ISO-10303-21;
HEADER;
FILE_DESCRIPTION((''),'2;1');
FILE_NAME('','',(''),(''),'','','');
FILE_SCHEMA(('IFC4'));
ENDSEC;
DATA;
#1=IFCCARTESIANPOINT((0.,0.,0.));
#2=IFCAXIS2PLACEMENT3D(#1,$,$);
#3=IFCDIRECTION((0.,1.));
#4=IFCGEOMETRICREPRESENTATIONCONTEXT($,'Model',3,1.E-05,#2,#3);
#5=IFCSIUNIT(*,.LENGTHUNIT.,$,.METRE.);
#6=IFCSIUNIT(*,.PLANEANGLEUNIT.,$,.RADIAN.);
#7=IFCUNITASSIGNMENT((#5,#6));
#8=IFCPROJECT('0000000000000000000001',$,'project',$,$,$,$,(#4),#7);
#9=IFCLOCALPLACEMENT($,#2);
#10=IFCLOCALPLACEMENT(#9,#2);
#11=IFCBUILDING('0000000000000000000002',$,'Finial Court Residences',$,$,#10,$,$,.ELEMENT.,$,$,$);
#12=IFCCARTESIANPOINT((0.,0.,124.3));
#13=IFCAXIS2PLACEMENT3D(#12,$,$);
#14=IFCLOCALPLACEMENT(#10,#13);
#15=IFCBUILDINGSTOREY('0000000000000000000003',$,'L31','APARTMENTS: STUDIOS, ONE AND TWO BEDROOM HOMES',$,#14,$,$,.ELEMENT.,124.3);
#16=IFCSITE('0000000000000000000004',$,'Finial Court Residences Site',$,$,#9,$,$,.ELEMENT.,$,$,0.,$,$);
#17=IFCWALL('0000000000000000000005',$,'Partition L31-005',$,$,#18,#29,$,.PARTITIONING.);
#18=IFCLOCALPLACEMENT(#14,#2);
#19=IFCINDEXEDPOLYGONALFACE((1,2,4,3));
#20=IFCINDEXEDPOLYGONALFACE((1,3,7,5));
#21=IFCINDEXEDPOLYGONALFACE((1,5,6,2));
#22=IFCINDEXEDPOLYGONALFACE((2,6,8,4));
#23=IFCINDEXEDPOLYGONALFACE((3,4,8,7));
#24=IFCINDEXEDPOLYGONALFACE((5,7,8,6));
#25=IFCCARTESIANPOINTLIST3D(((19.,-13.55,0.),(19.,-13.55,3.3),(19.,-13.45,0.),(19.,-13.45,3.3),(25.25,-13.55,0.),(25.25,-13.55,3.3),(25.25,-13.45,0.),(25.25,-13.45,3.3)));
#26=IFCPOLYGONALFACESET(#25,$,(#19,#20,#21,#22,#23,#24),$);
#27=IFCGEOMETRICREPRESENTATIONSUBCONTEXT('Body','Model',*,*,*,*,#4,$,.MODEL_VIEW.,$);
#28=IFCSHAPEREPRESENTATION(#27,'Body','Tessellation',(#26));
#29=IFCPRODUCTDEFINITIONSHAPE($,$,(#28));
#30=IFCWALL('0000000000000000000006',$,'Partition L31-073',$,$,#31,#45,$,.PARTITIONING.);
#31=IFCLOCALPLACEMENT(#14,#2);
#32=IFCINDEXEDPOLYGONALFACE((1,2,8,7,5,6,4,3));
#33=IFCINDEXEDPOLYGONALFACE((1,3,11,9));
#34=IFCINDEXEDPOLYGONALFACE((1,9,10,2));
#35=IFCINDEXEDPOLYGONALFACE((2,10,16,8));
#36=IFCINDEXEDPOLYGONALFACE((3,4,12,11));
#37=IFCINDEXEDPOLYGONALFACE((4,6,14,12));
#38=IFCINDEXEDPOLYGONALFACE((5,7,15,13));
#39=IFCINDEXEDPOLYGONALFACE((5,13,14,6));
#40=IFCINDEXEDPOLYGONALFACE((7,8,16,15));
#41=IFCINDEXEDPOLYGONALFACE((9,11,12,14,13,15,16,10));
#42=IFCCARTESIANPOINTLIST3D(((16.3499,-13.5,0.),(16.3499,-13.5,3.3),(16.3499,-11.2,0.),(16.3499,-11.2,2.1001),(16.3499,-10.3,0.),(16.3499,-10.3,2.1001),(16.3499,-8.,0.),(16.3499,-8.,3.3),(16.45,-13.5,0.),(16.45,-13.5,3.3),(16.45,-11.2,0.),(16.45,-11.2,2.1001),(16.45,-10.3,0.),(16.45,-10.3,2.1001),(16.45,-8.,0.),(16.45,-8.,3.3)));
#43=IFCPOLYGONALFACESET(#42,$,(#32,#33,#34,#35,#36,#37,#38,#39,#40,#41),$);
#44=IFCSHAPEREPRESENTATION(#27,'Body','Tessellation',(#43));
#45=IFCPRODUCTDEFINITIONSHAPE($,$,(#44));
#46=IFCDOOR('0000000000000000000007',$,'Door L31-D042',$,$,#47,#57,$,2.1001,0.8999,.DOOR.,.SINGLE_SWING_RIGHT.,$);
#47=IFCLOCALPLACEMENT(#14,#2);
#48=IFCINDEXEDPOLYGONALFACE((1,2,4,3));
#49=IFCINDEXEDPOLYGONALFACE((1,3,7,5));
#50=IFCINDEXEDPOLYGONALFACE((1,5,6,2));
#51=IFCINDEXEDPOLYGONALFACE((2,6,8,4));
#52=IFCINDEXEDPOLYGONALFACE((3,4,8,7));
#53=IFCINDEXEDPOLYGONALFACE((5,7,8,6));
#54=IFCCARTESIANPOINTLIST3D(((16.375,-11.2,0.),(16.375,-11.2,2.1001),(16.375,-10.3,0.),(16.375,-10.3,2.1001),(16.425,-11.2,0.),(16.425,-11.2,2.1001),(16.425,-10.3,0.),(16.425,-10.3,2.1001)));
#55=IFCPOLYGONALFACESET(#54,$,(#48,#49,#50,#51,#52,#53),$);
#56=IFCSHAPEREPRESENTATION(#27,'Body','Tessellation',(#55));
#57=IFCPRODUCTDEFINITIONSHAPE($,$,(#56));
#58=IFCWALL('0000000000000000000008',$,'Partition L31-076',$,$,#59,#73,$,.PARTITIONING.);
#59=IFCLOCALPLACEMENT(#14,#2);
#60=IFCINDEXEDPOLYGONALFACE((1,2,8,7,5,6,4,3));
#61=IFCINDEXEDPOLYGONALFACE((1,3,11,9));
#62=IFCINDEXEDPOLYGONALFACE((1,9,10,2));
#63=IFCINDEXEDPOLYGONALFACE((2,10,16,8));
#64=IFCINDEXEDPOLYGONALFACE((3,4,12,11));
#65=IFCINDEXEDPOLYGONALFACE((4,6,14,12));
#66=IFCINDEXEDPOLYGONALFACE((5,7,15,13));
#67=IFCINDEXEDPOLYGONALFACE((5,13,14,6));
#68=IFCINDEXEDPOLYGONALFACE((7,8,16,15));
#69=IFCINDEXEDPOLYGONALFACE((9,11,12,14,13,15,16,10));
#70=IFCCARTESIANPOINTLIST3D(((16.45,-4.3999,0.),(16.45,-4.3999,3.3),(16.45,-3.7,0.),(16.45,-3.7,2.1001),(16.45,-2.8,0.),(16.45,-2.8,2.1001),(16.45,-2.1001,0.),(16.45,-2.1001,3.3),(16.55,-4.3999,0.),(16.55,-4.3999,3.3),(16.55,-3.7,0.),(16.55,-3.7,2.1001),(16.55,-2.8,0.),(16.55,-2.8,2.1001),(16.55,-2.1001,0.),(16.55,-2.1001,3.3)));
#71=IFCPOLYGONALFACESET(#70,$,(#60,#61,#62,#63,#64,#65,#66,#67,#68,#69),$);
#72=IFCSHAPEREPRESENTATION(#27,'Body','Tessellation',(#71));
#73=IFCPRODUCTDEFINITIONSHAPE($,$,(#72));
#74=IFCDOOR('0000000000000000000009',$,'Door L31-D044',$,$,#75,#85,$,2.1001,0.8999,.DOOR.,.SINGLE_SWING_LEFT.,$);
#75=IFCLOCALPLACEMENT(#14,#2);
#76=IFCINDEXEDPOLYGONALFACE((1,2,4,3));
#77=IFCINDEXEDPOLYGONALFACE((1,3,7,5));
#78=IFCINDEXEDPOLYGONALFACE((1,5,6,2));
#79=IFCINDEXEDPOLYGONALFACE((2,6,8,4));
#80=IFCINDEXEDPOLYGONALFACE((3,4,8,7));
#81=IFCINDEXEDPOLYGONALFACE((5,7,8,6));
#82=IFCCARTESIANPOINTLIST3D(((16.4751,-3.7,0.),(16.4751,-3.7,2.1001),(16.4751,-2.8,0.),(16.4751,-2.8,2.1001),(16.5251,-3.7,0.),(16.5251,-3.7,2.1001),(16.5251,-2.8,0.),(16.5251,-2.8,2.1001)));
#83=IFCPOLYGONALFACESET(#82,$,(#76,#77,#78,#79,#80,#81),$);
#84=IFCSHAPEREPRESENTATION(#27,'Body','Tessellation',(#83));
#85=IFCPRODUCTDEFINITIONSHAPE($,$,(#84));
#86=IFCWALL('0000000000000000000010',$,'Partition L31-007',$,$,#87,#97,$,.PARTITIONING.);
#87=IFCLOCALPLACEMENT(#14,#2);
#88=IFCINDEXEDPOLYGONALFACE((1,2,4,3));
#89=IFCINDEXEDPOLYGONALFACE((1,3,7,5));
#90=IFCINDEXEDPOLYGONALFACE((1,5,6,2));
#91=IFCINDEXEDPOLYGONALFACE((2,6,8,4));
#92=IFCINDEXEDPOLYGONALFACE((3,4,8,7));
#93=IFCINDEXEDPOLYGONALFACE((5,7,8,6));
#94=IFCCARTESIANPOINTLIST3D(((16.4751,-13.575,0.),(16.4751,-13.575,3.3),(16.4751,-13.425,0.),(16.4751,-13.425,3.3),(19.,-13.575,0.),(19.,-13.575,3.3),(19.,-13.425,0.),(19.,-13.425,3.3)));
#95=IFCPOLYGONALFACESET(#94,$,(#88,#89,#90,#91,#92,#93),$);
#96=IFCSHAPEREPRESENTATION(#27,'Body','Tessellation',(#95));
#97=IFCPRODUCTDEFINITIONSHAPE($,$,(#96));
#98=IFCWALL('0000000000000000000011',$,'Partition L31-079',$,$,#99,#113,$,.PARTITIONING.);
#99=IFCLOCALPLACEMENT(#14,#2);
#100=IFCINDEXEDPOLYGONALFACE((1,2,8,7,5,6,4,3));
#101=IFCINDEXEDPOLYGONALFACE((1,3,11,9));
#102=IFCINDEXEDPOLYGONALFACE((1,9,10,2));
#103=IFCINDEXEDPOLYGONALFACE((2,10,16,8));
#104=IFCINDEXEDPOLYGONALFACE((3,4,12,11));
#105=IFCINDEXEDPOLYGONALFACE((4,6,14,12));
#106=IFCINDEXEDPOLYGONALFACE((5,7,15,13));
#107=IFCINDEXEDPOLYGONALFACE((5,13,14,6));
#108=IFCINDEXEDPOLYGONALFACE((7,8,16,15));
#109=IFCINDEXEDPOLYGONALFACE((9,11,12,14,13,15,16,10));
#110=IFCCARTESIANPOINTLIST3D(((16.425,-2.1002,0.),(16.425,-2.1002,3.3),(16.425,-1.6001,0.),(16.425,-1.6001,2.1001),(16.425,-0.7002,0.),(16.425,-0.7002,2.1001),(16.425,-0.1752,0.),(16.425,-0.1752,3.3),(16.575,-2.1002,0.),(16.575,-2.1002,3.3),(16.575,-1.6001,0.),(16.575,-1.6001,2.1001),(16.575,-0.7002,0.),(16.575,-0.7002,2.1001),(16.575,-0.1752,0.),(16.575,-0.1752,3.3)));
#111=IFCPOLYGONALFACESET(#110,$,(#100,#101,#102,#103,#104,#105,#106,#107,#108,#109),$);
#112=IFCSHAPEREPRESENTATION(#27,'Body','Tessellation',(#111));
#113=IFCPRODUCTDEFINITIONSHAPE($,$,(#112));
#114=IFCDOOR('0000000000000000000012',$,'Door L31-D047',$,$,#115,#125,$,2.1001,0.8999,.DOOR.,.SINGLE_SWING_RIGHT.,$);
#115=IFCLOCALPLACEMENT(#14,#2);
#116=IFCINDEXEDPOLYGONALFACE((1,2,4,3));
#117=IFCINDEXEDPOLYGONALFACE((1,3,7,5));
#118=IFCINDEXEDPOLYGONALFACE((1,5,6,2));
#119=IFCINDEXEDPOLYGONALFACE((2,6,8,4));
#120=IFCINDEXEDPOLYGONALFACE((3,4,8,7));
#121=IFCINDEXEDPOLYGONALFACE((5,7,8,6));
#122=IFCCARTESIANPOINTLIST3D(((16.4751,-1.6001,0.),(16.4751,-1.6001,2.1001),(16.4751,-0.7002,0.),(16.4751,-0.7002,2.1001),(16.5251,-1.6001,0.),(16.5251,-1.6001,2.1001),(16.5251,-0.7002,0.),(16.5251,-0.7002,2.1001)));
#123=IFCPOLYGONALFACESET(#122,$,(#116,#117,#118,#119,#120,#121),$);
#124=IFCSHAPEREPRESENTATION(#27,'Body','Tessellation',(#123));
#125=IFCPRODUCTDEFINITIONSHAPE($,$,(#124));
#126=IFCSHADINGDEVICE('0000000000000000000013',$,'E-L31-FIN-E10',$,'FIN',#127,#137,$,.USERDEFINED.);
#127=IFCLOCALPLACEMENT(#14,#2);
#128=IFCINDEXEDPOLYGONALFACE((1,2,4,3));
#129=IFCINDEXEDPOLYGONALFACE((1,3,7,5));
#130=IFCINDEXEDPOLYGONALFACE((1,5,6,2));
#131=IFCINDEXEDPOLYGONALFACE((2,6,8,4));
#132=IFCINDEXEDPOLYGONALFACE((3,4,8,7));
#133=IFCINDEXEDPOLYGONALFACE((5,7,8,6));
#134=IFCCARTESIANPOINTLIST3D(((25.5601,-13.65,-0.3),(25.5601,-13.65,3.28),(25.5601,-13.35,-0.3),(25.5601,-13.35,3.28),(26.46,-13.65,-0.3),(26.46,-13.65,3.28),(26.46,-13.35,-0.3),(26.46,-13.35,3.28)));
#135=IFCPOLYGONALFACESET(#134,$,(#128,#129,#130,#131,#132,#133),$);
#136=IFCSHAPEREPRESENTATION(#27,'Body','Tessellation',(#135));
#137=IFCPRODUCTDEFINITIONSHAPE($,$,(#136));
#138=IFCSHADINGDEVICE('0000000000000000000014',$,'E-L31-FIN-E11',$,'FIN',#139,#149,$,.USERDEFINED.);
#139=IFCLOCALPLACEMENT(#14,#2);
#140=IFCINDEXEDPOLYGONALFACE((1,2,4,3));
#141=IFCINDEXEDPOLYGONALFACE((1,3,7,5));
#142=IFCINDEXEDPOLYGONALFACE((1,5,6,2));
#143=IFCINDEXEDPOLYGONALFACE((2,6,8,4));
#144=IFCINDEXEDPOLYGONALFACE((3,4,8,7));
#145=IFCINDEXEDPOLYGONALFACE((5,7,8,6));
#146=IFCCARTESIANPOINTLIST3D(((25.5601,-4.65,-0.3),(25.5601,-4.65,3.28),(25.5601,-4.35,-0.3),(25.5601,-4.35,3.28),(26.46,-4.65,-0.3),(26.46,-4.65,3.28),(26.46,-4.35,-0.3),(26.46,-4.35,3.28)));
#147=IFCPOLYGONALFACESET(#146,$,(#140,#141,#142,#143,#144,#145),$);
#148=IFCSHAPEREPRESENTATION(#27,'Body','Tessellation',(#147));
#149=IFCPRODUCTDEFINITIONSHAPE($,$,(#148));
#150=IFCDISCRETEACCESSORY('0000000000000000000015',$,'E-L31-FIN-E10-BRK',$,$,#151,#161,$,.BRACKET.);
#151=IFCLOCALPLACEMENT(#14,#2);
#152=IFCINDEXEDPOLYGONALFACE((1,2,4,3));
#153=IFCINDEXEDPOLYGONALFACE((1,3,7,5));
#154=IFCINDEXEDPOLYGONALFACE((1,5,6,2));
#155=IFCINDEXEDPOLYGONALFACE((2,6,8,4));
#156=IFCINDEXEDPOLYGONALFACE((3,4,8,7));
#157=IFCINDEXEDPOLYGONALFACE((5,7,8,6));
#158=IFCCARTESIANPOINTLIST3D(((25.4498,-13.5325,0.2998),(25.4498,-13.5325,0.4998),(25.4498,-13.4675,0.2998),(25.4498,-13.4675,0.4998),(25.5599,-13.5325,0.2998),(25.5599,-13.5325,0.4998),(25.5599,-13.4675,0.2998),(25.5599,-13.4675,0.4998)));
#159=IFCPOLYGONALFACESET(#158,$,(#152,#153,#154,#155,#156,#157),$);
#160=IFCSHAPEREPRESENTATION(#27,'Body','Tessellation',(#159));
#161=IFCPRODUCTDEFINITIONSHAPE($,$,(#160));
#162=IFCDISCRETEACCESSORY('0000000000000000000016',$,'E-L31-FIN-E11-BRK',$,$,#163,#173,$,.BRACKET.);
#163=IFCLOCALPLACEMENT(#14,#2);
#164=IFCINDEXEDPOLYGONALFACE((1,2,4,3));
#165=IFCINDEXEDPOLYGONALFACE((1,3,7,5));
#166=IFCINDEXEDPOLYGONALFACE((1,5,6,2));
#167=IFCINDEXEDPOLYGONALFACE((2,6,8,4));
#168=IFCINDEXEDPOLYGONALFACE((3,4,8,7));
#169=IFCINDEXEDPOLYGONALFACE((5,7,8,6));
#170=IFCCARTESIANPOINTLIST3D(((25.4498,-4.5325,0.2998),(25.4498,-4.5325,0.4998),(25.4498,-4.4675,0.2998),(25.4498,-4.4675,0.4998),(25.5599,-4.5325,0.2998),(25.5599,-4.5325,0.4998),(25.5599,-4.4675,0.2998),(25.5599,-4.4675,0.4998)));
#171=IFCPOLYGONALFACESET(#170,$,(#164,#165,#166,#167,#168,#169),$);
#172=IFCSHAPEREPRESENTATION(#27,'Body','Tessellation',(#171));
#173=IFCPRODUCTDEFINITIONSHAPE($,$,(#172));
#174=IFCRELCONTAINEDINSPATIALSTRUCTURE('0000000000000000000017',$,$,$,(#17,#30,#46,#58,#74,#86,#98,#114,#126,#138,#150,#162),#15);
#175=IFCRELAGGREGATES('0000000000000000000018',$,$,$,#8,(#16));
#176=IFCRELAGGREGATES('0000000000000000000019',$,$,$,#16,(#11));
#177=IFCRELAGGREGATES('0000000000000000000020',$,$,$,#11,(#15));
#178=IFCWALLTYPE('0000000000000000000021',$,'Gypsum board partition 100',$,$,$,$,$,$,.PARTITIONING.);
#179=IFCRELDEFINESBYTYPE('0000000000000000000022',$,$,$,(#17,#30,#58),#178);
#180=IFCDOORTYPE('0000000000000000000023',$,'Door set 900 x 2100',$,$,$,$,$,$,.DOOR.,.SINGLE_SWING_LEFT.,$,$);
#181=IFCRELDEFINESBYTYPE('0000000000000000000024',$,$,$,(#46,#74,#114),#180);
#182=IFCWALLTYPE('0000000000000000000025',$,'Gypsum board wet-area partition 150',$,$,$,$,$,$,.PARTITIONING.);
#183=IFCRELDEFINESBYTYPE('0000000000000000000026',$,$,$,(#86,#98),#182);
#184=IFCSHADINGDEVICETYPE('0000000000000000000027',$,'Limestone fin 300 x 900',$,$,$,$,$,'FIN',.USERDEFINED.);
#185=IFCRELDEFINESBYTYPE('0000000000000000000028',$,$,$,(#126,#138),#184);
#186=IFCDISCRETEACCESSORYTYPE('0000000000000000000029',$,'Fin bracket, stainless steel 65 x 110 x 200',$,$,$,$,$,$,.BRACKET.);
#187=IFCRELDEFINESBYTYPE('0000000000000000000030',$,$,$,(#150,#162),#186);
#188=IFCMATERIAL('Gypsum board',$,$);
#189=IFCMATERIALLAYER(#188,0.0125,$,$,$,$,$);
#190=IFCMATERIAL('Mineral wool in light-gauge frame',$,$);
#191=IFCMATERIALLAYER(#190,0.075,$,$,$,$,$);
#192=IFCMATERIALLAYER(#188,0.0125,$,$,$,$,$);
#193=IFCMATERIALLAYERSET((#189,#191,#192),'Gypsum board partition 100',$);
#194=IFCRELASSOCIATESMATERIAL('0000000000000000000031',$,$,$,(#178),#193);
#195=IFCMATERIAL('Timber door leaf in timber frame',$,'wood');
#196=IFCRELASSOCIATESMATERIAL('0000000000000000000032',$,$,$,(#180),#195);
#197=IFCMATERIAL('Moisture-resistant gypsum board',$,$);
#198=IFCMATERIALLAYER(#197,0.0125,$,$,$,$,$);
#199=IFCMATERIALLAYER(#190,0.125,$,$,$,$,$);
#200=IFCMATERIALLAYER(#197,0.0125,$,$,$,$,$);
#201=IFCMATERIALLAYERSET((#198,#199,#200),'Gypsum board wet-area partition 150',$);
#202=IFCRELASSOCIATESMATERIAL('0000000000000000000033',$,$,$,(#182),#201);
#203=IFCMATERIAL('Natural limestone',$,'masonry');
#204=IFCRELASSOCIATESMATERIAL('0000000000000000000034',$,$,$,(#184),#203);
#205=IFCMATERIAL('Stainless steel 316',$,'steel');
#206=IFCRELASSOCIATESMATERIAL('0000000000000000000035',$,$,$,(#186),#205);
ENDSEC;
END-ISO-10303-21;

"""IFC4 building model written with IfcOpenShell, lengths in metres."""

from ifc_helpers import new_model, si_unit, direction, frame, frame_2d, origin, origin_2d, place, context, subcontext, project, spatial, rectangle, extrude, material, layer, layer_set, type_object, element, fill, save


model = new_model("IFC4")

# Units and contexts
model_context = context("Model", 3, precision=1e-05, world=origin(), true_north=direction((0.0, 1.0)))
body_context = subcontext(model_context, "Body", "Model", "MODEL_VIEW")
ifc_project = project(units=[si_unit("LENGTHUNIT", "METRE"), si_unit("PLANEANGLEUNIT", "RADIAN")], contexts=[model_context])

# Site, building, storey
site_placement = place(None, origin())
site = spatial("IfcSite", under=ifc_project, at=site_placement, Name="Finial Court Residences Site", CompositionType="ELEMENT", RefElevation=0.0)
building_placement = place(site_placement, origin())
building = spatial("IfcBuilding", under=site, at=building_placement, Name="Finial Court Residences", CompositionType="ELEMENT")
storey_placement = place(building_placement, frame((0.0, 0.0, 124.3)))
storey = spatial("IfcBuildingStorey", under=building, at=storey_placement, Name="L31", Description="APARTMENTS: STUDIOS, ONE AND TWO BEDROOM HOMES", CompositionType="ELEMENT", Elevation=124.3)

# Wall
ifc_material_1 = material(Name="Gypsum board")
ifc_layer_1 = layer(ifc_material_1, 0.0125)
ifc_material_2 = material(Name="Mineral wool in light-gauge frame")
ifc_layer_2 = layer(ifc_material_2, 0.075)
ifc_layer_3 = layer(ifc_material_1, 0.0125)
ifc_layer_set_1 = layer_set([ifc_layer_1, ifc_layer_2, ifc_layer_3], Name="Gypsum board partition 100")
wall_type_1 = type_object("IfcWallType", Name="Gypsum board partition 100", PredefinedType="PARTITIONING", material=ifc_layer_set_1)
wall_1_placement = place(storey_placement, frame((19.0, -13.5, 0.0), z_axis=(0.0, 0.0, 1.0), x_axis=(1.0, 0.0, 0.0)))
element("IfcWall", 1, at=wall_1_placement, inside=storey, type_object=wall_type_1, Name="Partition L31-005", PredefinedType="PARTITIONING", context=body_context, shape_type="SweptSolid", body=[
    extrude(rectangle(XDim=6.25, YDim=0.1001, at=frame_2d((3.125, 0.0))), origin(), (0.0, 0.0, 1.0), 3.3),
])

# Walls, openings, doors
wall_2_placement = place(storey_placement, frame((16.3999, -13.5, 0.0), z_axis=(0.0, 0.0, 1.0), x_axis=(0.0, 1.0, 0.0)))
wall_2 = element("IfcWall", 2, at=wall_2_placement, inside=storey, type_object=wall_type_1, Name="Partition L31-073", PredefinedType="PARTITIONING", context=body_context, shape_type="SweptSolid", body=[
    extrude(rectangle(XDim=5.5, YDim=0.1001, at=frame_2d((2.75, 0.0))), origin(), (0.0, 0.0, 1.0), 3.3),
])
opening_1_placement = place(wall_2_placement, frame((2.3, 0.0, 0.0)))
opening_1 = element("IfcOpeningElement", 3, at=opening_1_placement, cuts=wall_2, PredefinedType="OPENING", context=body_context, shape_type="SweptSolid", body=[
    extrude(rectangle(XDim=0.8999, YDim=2.1001, at=frame_2d((0.45, 1.05))), frame((0.0, 0.0601, 0.0), z_axis=(0.0, -1.0, 0.0), x_axis=(1.0, 0.0, 0.0)), (0.0, 0.0, 1.0), 0.1201),
])
ifc_material_3 = material(Name="Timber door leaf in timber frame", Category="wood")
door_type = type_object("IfcDoorType", Name="Door set 900 x 2100", OperationType="SINGLE_SWING_LEFT", PredefinedType="DOOR", material=ifc_material_3)
door_1_placement = place(opening_1_placement, origin())
door_1 = element("IfcDoor", 4, at=door_1_placement, inside=storey, type_object=door_type, Name="Door L31-D042", OperationType="SINGLE_SWING_RIGHT", OverallHeight=2.1001, OverallWidth=0.8999, PredefinedType="DOOR", context=body_context, shape_type="SweptSolid", body=[
    extrude(rectangle(XDim=0.8999, YDim=2.1001, at=frame_2d((0.45, 1.05))), frame((0.0, 0.0249, 0.0), z_axis=(0.0, -1.0, 0.0), x_axis=(1.0, 0.0, 0.0)), (0.0, 0.0, 1.0), 0.05),
])
fill(opening_1, door_1)
wall_3_placement = place(storey_placement, frame((16.5, -4.3999, 0.0), z_axis=(0.0, 0.0, 1.0), x_axis=(0.0, 1.0, 0.0)))
wall_3 = element("IfcWall", 5, at=wall_3_placement, inside=storey, type_object=wall_type_1, Name="Partition L31-076", PredefinedType="PARTITIONING", context=body_context, shape_type="SweptSolid", body=[
    extrude(rectangle(XDim=2.2998, YDim=0.1001, at=frame_2d((1.1499, 0.0))), origin(), (0.0, 0.0, 1.0), 3.3),
])
opening_2_placement = place(wall_3_placement, frame((0.7, 0.0, 0.0)))
opening_2 = element("IfcOpeningElement", 6, at=opening_2_placement, cuts=wall_3, PredefinedType="OPENING", context=body_context, shape_type="SweptSolid", body=[
    extrude(rectangle(XDim=0.8999, YDim=2.1001, at=frame_2d((0.45, 1.05))), frame((0.0, 0.0601, 0.0), z_axis=(0.0, -1.0, 0.0), x_axis=(1.0, 0.0, 0.0)), (0.0, 0.0, 1.0), 0.1201),
])
door_2_placement = place(opening_2_placement, origin())
door_2 = element("IfcDoor", 7, at=door_2_placement, inside=storey, type_object=door_type, Name="Door L31-D044", OperationType="SINGLE_SWING_LEFT", OverallHeight=2.1001, OverallWidth=0.8999, PredefinedType="DOOR", context=body_context, shape_type="SweptSolid", body=[
    extrude(rectangle(XDim=0.8999, YDim=2.1001, at=frame_2d((0.45, 1.05))), frame((0.0, 0.0249, 0.0), z_axis=(0.0, -1.0, 0.0), x_axis=(1.0, 0.0, 0.0)), (0.0, 0.0, 1.0), 0.05),
])
fill(opening_2, door_2)

# Wall
ifc_material_4 = material(Name="Moisture-resistant gypsum board")
ifc_layer_4 = layer(ifc_material_4, 0.0125)
ifc_layer_5 = layer(ifc_material_2, 0.125)
ifc_layer_6 = layer(ifc_material_4, 0.0125)
ifc_layer_set_2 = layer_set([ifc_layer_4, ifc_layer_5, ifc_layer_6], Name="Gypsum board wet-area partition 150")
wall_type_2 = type_object("IfcWallType", Name="Gypsum board wet-area partition 150", PredefinedType="PARTITIONING", material=ifc_layer_set_2)
wall_4_placement = place(storey_placement, frame((16.4751, -13.5, 0.0), z_axis=(0.0, 0.0, 1.0), x_axis=(1.0, 0.0, 0.0)))
element("IfcWall", 8, at=wall_4_placement, inside=storey, type_object=wall_type_2, Name="Partition L31-007", PredefinedType="PARTITIONING", context=body_context, shape_type="SweptSolid", body=[
    extrude(rectangle(XDim=2.5249, YDim=0.1499, at=frame_2d((1.2625, 0.0))), origin(), (0.0, 0.0, 1.0), 3.3),
])

# Wall, opening, door
wall_5_placement = place(storey_placement, frame((16.5, -2.1001, 0.0), z_axis=(0.0, 0.0, 1.0), x_axis=(0.0, 1.0, 0.0)))
wall_5 = element("IfcWall", 9, at=wall_5_placement, inside=storey, type_object=wall_type_2, Name="Partition L31-079", PredefinedType="PARTITIONING", context=body_context, shape_type="SweptSolid", body=[
    extrude(rectangle(XDim=1.925, YDim=0.1499, at=frame_2d((0.9624, 0.0))), origin(), (0.0, 0.0, 1.0), 3.3),
])
opening_3_placement = place(wall_5_placement, frame((0.5, 0.0, 0.0)))
opening_3 = element("IfcOpeningElement", 10, at=opening_3_placement, cuts=wall_5, PredefinedType="OPENING", context=body_context, shape_type="SweptSolid", body=[
    extrude(rectangle(XDim=0.8999, YDim=2.1001, at=frame_2d((0.45, 1.05))), frame((0.0, 0.085, 0.0), z_axis=(0.0, -1.0, 0.0), x_axis=(1.0, 0.0, 0.0)), (0.0, 0.0, 1.0), 0.1699),
])
door_3_placement = place(opening_3_placement, origin())
door_3 = element("IfcDoor", 11, at=door_3_placement, inside=storey, type_object=door_type, Name="Door L31-D047", OperationType="SINGLE_SWING_RIGHT", OverallHeight=2.1001, OverallWidth=0.8999, PredefinedType="DOOR", context=body_context, shape_type="SweptSolid", body=[
    extrude(rectangle(XDim=0.8999, YDim=2.1001, at=frame_2d((0.45, 1.05))), frame((0.0, 0.0249, 0.0), z_axis=(0.0, -1.0, 0.0), x_axis=(1.0, 0.0, 0.0)), (0.0, 0.0, 1.0), 0.05),
])
fill(opening_3, door_3)

# Shading devices
ifc_material_5 = material(Name="Natural limestone", Category="masonry")
shading_device_type = type_object("IfcShadingDeviceType", Name="Limestone fin 300 x 900", ElementType="FIN", PredefinedType="USERDEFINED", material=ifc_material_5)
for number, where, z_axis, x_axis, name in (
    (12, (26.01, -13.5, -0.3), (0.0, 0.0, 1.0), (1.0, 0.0, 0.0), "E-L31-FIN-E10"),
    (13, (26.01, -4.5, -0.3), (0.0, 0.0, 1.0), (1.0, 0.0, 0.0), "E-L31-FIN-E11"),
):
    element("IfcShadingDevice", number, at=place(storey_placement, frame(where, z_axis=z_axis, x_axis=x_axis)), inside=storey, type_object=shading_device_type, Name=name, ObjectType="FIN", PredefinedType="USERDEFINED", context=body_context, shape_type="SweptSolid", body=[
        extrude(rectangle(XDim=0.8999, YDim=0.3, at=origin_2d()), origin(), (0.0, 0.0, 1.0), 3.5801),
    ])

# Discrete accessories
ifc_material_6 = material(Name="Stainless steel 316", Category="steel")
discrete_accessory_type = type_object("IfcDiscreteAccessoryType", Name="Fin bracket, stainless steel 65 x 110 x 200", PredefinedType="BRACKET", material=ifc_material_6)
for number, where, z_axis, x_axis, name in (
    (14, (25.5049, -13.5, 0.2998), (0.0, 0.0, 1.0), (1.0, 0.0, 0.0), "E-L31-FIN-E10-BRK"),
    (15, (25.5049, -4.5, 0.2998), (0.0, 0.0, 1.0), (1.0, 0.0, 0.0), "E-L31-FIN-E11-BRK"),
):
    element("IfcDiscreteAccessory", number, at=place(storey_placement, frame(where, z_axis=z_axis, x_axis=x_axis)), inside=storey, type_object=discrete_accessory_type, Name=name, PredefinedType="BRACKET", context=body_context, shape_type="SweptSolid", body=[
        extrude(rectangle(XDim=0.1101, YDim=0.0649, at=origin_2d()), origin(), (0.0, 0.0, 1.0), 0.2),
    ])

save(model, "model.ifc")
